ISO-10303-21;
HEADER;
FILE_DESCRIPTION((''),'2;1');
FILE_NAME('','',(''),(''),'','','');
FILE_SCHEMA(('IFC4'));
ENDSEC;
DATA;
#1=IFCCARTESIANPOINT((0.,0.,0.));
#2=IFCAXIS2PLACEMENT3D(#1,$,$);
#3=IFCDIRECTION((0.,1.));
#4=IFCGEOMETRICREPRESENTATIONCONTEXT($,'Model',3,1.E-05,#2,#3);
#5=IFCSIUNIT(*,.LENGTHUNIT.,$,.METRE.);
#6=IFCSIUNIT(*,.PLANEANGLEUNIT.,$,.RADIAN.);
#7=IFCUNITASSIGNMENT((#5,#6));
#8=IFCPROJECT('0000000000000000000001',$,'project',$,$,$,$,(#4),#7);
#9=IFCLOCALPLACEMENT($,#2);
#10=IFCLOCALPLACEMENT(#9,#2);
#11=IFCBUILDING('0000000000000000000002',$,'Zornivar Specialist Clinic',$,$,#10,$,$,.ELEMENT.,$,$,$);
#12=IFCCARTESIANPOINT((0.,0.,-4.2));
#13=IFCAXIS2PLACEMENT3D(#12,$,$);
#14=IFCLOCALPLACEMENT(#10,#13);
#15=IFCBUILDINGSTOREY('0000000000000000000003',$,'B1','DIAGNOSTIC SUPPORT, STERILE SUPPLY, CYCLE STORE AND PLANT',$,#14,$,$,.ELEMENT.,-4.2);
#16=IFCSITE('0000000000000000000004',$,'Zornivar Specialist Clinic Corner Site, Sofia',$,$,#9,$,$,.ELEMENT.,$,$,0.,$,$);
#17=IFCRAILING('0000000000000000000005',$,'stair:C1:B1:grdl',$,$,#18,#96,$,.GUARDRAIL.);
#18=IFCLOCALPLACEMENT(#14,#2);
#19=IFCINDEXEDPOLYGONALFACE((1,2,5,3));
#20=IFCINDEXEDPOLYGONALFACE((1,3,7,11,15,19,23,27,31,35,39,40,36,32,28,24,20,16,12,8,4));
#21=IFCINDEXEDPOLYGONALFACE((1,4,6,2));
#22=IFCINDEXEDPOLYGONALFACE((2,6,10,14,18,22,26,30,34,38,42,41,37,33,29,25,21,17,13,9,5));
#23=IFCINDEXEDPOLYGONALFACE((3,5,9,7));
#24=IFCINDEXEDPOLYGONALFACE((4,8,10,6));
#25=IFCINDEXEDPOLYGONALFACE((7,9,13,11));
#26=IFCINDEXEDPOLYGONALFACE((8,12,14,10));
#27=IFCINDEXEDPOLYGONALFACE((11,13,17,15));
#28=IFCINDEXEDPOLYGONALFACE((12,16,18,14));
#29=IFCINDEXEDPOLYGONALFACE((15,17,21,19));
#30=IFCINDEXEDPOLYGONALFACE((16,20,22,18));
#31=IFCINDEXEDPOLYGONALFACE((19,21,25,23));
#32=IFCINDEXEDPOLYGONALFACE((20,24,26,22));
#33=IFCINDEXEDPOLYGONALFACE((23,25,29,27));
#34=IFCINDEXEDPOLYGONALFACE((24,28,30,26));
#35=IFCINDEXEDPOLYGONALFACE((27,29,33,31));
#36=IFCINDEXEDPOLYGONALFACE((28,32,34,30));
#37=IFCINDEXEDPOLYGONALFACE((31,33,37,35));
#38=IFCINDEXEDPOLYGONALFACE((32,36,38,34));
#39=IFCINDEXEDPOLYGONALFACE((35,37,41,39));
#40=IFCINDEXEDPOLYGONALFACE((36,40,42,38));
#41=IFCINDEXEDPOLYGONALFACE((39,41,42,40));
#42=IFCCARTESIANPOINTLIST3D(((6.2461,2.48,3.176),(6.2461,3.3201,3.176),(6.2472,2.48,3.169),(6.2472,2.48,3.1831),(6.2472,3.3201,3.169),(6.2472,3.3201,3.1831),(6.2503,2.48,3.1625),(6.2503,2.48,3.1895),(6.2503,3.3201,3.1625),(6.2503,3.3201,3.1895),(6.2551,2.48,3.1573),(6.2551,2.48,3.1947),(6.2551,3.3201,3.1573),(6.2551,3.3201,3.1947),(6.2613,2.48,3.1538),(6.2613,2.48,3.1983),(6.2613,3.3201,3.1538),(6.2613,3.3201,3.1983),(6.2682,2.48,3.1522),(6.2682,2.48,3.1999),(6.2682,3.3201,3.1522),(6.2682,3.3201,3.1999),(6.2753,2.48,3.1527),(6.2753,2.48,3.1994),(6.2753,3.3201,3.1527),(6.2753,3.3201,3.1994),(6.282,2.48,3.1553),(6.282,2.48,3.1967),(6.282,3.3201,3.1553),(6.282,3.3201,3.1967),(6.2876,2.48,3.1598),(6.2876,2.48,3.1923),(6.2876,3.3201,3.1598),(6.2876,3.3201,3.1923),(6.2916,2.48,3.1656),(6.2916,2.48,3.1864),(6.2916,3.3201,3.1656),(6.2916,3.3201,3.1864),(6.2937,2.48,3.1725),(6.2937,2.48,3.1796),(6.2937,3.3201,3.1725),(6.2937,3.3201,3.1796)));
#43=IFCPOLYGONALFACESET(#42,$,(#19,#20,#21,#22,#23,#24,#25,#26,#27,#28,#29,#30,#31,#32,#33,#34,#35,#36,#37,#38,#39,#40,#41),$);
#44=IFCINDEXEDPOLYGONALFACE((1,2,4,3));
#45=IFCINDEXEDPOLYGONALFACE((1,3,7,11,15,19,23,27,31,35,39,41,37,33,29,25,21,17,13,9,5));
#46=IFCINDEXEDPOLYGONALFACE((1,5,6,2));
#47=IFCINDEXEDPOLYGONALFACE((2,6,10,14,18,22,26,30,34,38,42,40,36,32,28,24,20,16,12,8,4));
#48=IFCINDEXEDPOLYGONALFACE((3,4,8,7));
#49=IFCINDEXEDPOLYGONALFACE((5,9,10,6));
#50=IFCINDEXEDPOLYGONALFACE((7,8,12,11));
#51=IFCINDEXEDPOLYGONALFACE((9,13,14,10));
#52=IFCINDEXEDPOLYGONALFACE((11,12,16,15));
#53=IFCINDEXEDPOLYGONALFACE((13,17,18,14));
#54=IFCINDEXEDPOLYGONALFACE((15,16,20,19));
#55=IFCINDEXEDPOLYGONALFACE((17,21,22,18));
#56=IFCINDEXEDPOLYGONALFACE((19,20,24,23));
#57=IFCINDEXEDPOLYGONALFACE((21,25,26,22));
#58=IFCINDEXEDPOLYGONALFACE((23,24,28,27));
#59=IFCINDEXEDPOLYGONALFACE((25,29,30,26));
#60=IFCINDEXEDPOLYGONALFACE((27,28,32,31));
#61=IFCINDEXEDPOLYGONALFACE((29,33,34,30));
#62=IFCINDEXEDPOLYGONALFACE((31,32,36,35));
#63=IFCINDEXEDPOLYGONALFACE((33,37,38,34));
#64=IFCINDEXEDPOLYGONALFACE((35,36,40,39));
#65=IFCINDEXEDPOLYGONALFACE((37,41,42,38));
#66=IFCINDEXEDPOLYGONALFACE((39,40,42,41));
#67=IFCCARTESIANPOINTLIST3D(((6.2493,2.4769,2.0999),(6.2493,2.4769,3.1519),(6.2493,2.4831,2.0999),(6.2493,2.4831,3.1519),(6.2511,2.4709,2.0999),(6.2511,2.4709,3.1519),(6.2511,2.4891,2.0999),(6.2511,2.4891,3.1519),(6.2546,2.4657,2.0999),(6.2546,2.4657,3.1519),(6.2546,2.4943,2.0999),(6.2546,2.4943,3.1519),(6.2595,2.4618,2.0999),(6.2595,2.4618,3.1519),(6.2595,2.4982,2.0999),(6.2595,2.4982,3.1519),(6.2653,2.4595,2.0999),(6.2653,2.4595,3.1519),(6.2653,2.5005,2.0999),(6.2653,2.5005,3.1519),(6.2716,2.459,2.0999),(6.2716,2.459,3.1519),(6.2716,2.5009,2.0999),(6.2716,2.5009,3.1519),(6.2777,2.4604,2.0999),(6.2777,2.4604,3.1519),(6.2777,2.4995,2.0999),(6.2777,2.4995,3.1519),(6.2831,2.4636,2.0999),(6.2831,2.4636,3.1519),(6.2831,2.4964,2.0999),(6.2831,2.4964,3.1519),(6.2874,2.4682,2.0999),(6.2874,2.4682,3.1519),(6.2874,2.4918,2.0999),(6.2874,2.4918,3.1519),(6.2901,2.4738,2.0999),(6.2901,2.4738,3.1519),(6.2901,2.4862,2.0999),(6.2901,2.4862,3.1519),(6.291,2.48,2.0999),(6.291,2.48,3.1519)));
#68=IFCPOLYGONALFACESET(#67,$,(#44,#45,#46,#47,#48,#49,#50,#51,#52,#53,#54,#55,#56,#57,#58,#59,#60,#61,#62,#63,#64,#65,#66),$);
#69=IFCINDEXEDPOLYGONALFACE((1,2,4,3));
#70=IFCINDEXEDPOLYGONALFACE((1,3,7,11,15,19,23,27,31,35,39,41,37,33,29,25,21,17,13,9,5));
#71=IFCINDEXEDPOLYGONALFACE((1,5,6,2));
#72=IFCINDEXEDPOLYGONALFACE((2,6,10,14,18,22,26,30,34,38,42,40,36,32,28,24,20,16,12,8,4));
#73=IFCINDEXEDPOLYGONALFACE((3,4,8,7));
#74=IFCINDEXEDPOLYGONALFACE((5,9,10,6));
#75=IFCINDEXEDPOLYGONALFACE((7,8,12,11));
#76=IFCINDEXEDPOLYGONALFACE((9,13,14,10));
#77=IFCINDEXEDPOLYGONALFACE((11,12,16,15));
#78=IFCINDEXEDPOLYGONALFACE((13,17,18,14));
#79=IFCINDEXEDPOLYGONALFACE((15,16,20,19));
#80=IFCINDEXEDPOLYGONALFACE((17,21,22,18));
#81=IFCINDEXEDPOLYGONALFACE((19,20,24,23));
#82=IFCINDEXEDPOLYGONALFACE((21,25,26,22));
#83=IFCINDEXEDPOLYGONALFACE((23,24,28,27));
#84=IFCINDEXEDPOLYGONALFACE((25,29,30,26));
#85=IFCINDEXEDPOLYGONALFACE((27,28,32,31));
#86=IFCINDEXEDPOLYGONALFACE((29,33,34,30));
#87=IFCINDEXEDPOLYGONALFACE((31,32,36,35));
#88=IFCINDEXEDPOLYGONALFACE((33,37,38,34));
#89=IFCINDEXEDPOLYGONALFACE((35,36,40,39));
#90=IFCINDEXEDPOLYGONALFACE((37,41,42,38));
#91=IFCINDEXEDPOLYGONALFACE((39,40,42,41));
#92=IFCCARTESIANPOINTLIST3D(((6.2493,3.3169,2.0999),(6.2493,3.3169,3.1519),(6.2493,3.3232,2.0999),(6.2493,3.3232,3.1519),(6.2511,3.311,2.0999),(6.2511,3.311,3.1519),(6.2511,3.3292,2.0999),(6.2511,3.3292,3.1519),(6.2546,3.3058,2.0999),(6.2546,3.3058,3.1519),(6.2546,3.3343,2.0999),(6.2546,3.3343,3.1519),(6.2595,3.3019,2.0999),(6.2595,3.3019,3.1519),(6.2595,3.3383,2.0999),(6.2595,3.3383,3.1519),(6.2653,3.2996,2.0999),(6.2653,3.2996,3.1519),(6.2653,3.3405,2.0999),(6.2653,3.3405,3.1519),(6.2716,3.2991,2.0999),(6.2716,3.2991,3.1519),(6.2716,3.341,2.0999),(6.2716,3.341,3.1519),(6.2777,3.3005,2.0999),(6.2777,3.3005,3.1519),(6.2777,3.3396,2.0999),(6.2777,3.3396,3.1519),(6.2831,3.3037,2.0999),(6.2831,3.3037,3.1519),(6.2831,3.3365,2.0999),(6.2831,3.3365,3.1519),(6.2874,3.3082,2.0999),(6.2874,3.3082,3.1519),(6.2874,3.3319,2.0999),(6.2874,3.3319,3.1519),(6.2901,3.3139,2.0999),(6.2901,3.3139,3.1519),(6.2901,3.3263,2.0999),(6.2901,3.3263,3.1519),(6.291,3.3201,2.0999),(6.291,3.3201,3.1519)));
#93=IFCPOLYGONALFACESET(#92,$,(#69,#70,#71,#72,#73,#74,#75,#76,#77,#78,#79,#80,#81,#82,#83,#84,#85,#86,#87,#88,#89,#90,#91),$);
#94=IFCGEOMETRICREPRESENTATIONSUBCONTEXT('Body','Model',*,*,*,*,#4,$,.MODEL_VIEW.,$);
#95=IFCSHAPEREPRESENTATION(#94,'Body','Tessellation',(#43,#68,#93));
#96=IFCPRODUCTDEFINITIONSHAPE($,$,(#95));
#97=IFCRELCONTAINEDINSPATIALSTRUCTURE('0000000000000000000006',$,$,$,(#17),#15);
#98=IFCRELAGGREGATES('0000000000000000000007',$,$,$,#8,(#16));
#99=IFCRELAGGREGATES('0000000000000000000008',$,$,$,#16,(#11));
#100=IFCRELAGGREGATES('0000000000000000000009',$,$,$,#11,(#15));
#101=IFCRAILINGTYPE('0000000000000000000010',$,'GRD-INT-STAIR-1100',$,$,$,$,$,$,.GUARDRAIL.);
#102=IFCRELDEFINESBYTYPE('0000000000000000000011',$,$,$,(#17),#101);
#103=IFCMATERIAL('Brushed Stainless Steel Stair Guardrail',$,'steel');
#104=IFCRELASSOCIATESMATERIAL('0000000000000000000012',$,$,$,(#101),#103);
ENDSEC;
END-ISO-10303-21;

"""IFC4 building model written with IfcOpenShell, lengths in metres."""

from ifc_helpers import new_model, si_unit, direction, frame, origin, origin_2d, place, context, subcontext, project, spatial, circle, extrude, material, type_object, element, save


model = new_model("IFC4")

# Units and contexts
model_context = context("Model", 3, precision=1e-05, world=origin(), true_north=direction((0.0, 1.0)))
body_context = subcontext(model_context, "Body", "Model", "MODEL_VIEW")
ifc_project = project(units=[si_unit("LENGTHUNIT", "METRE"), si_unit("PLANEANGLEUNIT", "RADIAN")], contexts=[model_context])

# Site, building, storey
site_placement = place(None, origin())
site = spatial("IfcSite", under=ifc_project, at=site_placement, Name="Zornivar Specialist Clinic Corner Site, Sofia", CompositionType="ELEMENT", RefElevation=0.0)
building_placement = place(site_placement, origin())
building = spatial("IfcBuilding", under=site, at=building_placement, Name="Zornivar Specialist Clinic", CompositionType="ELEMENT")
storey_placement = place(building_placement, frame((0.0, 0.0, -4.2)))
storey = spatial("IfcBuildingStorey", under=building, at=storey_placement, Name="B1", Description="DIAGNOSTIC SUPPORT, STERILE SUPPLY, CYCLE STORE AND PLANT", CompositionType="ELEMENT", Elevation=-4.2)

# Railing
ifc_material_1 = material(Name="Brushed Stainless Steel Stair Guardrail", Category="steel")
railing_type_1 = type_object("IfcRailingType", Name="GRD-INT-STAIR-1100", PredefinedType="GUARDRAIL", material=ifc_material_1)
railing_1_placement = place(storey_placement, frame((6.27, 2.48, 2.0999)))
element("IfcRailing", 1, at=railing_1_placement, inside=storey, type_object=railing_type_1, Name="stair:C1:B1:grdl", PredefinedType="GUARDRAIL", context=body_context, shape_type="SweptSolid", body=[
    extrude(circle(Radius=0.0239, at=origin_2d()), frame((0.0, 0.0, 1.0762), z_axis=(0.0, 1.0, 0.0), x_axis=(-1.0, 0.0, 0.0)), (0.0, 0.0, 1.0), 0.8401),
    extrude(circle(Radius=0.021, at=origin_2d()), origin(), (0.0, 0.0, 1.0), 1.052),
    extrude(circle(Radius=0.021, at=origin_2d()), frame((0.0, 0.8401, 0.0)), (0.0, 0.0, 1.0), 1.052),
])

save(model, "model.ifc")
